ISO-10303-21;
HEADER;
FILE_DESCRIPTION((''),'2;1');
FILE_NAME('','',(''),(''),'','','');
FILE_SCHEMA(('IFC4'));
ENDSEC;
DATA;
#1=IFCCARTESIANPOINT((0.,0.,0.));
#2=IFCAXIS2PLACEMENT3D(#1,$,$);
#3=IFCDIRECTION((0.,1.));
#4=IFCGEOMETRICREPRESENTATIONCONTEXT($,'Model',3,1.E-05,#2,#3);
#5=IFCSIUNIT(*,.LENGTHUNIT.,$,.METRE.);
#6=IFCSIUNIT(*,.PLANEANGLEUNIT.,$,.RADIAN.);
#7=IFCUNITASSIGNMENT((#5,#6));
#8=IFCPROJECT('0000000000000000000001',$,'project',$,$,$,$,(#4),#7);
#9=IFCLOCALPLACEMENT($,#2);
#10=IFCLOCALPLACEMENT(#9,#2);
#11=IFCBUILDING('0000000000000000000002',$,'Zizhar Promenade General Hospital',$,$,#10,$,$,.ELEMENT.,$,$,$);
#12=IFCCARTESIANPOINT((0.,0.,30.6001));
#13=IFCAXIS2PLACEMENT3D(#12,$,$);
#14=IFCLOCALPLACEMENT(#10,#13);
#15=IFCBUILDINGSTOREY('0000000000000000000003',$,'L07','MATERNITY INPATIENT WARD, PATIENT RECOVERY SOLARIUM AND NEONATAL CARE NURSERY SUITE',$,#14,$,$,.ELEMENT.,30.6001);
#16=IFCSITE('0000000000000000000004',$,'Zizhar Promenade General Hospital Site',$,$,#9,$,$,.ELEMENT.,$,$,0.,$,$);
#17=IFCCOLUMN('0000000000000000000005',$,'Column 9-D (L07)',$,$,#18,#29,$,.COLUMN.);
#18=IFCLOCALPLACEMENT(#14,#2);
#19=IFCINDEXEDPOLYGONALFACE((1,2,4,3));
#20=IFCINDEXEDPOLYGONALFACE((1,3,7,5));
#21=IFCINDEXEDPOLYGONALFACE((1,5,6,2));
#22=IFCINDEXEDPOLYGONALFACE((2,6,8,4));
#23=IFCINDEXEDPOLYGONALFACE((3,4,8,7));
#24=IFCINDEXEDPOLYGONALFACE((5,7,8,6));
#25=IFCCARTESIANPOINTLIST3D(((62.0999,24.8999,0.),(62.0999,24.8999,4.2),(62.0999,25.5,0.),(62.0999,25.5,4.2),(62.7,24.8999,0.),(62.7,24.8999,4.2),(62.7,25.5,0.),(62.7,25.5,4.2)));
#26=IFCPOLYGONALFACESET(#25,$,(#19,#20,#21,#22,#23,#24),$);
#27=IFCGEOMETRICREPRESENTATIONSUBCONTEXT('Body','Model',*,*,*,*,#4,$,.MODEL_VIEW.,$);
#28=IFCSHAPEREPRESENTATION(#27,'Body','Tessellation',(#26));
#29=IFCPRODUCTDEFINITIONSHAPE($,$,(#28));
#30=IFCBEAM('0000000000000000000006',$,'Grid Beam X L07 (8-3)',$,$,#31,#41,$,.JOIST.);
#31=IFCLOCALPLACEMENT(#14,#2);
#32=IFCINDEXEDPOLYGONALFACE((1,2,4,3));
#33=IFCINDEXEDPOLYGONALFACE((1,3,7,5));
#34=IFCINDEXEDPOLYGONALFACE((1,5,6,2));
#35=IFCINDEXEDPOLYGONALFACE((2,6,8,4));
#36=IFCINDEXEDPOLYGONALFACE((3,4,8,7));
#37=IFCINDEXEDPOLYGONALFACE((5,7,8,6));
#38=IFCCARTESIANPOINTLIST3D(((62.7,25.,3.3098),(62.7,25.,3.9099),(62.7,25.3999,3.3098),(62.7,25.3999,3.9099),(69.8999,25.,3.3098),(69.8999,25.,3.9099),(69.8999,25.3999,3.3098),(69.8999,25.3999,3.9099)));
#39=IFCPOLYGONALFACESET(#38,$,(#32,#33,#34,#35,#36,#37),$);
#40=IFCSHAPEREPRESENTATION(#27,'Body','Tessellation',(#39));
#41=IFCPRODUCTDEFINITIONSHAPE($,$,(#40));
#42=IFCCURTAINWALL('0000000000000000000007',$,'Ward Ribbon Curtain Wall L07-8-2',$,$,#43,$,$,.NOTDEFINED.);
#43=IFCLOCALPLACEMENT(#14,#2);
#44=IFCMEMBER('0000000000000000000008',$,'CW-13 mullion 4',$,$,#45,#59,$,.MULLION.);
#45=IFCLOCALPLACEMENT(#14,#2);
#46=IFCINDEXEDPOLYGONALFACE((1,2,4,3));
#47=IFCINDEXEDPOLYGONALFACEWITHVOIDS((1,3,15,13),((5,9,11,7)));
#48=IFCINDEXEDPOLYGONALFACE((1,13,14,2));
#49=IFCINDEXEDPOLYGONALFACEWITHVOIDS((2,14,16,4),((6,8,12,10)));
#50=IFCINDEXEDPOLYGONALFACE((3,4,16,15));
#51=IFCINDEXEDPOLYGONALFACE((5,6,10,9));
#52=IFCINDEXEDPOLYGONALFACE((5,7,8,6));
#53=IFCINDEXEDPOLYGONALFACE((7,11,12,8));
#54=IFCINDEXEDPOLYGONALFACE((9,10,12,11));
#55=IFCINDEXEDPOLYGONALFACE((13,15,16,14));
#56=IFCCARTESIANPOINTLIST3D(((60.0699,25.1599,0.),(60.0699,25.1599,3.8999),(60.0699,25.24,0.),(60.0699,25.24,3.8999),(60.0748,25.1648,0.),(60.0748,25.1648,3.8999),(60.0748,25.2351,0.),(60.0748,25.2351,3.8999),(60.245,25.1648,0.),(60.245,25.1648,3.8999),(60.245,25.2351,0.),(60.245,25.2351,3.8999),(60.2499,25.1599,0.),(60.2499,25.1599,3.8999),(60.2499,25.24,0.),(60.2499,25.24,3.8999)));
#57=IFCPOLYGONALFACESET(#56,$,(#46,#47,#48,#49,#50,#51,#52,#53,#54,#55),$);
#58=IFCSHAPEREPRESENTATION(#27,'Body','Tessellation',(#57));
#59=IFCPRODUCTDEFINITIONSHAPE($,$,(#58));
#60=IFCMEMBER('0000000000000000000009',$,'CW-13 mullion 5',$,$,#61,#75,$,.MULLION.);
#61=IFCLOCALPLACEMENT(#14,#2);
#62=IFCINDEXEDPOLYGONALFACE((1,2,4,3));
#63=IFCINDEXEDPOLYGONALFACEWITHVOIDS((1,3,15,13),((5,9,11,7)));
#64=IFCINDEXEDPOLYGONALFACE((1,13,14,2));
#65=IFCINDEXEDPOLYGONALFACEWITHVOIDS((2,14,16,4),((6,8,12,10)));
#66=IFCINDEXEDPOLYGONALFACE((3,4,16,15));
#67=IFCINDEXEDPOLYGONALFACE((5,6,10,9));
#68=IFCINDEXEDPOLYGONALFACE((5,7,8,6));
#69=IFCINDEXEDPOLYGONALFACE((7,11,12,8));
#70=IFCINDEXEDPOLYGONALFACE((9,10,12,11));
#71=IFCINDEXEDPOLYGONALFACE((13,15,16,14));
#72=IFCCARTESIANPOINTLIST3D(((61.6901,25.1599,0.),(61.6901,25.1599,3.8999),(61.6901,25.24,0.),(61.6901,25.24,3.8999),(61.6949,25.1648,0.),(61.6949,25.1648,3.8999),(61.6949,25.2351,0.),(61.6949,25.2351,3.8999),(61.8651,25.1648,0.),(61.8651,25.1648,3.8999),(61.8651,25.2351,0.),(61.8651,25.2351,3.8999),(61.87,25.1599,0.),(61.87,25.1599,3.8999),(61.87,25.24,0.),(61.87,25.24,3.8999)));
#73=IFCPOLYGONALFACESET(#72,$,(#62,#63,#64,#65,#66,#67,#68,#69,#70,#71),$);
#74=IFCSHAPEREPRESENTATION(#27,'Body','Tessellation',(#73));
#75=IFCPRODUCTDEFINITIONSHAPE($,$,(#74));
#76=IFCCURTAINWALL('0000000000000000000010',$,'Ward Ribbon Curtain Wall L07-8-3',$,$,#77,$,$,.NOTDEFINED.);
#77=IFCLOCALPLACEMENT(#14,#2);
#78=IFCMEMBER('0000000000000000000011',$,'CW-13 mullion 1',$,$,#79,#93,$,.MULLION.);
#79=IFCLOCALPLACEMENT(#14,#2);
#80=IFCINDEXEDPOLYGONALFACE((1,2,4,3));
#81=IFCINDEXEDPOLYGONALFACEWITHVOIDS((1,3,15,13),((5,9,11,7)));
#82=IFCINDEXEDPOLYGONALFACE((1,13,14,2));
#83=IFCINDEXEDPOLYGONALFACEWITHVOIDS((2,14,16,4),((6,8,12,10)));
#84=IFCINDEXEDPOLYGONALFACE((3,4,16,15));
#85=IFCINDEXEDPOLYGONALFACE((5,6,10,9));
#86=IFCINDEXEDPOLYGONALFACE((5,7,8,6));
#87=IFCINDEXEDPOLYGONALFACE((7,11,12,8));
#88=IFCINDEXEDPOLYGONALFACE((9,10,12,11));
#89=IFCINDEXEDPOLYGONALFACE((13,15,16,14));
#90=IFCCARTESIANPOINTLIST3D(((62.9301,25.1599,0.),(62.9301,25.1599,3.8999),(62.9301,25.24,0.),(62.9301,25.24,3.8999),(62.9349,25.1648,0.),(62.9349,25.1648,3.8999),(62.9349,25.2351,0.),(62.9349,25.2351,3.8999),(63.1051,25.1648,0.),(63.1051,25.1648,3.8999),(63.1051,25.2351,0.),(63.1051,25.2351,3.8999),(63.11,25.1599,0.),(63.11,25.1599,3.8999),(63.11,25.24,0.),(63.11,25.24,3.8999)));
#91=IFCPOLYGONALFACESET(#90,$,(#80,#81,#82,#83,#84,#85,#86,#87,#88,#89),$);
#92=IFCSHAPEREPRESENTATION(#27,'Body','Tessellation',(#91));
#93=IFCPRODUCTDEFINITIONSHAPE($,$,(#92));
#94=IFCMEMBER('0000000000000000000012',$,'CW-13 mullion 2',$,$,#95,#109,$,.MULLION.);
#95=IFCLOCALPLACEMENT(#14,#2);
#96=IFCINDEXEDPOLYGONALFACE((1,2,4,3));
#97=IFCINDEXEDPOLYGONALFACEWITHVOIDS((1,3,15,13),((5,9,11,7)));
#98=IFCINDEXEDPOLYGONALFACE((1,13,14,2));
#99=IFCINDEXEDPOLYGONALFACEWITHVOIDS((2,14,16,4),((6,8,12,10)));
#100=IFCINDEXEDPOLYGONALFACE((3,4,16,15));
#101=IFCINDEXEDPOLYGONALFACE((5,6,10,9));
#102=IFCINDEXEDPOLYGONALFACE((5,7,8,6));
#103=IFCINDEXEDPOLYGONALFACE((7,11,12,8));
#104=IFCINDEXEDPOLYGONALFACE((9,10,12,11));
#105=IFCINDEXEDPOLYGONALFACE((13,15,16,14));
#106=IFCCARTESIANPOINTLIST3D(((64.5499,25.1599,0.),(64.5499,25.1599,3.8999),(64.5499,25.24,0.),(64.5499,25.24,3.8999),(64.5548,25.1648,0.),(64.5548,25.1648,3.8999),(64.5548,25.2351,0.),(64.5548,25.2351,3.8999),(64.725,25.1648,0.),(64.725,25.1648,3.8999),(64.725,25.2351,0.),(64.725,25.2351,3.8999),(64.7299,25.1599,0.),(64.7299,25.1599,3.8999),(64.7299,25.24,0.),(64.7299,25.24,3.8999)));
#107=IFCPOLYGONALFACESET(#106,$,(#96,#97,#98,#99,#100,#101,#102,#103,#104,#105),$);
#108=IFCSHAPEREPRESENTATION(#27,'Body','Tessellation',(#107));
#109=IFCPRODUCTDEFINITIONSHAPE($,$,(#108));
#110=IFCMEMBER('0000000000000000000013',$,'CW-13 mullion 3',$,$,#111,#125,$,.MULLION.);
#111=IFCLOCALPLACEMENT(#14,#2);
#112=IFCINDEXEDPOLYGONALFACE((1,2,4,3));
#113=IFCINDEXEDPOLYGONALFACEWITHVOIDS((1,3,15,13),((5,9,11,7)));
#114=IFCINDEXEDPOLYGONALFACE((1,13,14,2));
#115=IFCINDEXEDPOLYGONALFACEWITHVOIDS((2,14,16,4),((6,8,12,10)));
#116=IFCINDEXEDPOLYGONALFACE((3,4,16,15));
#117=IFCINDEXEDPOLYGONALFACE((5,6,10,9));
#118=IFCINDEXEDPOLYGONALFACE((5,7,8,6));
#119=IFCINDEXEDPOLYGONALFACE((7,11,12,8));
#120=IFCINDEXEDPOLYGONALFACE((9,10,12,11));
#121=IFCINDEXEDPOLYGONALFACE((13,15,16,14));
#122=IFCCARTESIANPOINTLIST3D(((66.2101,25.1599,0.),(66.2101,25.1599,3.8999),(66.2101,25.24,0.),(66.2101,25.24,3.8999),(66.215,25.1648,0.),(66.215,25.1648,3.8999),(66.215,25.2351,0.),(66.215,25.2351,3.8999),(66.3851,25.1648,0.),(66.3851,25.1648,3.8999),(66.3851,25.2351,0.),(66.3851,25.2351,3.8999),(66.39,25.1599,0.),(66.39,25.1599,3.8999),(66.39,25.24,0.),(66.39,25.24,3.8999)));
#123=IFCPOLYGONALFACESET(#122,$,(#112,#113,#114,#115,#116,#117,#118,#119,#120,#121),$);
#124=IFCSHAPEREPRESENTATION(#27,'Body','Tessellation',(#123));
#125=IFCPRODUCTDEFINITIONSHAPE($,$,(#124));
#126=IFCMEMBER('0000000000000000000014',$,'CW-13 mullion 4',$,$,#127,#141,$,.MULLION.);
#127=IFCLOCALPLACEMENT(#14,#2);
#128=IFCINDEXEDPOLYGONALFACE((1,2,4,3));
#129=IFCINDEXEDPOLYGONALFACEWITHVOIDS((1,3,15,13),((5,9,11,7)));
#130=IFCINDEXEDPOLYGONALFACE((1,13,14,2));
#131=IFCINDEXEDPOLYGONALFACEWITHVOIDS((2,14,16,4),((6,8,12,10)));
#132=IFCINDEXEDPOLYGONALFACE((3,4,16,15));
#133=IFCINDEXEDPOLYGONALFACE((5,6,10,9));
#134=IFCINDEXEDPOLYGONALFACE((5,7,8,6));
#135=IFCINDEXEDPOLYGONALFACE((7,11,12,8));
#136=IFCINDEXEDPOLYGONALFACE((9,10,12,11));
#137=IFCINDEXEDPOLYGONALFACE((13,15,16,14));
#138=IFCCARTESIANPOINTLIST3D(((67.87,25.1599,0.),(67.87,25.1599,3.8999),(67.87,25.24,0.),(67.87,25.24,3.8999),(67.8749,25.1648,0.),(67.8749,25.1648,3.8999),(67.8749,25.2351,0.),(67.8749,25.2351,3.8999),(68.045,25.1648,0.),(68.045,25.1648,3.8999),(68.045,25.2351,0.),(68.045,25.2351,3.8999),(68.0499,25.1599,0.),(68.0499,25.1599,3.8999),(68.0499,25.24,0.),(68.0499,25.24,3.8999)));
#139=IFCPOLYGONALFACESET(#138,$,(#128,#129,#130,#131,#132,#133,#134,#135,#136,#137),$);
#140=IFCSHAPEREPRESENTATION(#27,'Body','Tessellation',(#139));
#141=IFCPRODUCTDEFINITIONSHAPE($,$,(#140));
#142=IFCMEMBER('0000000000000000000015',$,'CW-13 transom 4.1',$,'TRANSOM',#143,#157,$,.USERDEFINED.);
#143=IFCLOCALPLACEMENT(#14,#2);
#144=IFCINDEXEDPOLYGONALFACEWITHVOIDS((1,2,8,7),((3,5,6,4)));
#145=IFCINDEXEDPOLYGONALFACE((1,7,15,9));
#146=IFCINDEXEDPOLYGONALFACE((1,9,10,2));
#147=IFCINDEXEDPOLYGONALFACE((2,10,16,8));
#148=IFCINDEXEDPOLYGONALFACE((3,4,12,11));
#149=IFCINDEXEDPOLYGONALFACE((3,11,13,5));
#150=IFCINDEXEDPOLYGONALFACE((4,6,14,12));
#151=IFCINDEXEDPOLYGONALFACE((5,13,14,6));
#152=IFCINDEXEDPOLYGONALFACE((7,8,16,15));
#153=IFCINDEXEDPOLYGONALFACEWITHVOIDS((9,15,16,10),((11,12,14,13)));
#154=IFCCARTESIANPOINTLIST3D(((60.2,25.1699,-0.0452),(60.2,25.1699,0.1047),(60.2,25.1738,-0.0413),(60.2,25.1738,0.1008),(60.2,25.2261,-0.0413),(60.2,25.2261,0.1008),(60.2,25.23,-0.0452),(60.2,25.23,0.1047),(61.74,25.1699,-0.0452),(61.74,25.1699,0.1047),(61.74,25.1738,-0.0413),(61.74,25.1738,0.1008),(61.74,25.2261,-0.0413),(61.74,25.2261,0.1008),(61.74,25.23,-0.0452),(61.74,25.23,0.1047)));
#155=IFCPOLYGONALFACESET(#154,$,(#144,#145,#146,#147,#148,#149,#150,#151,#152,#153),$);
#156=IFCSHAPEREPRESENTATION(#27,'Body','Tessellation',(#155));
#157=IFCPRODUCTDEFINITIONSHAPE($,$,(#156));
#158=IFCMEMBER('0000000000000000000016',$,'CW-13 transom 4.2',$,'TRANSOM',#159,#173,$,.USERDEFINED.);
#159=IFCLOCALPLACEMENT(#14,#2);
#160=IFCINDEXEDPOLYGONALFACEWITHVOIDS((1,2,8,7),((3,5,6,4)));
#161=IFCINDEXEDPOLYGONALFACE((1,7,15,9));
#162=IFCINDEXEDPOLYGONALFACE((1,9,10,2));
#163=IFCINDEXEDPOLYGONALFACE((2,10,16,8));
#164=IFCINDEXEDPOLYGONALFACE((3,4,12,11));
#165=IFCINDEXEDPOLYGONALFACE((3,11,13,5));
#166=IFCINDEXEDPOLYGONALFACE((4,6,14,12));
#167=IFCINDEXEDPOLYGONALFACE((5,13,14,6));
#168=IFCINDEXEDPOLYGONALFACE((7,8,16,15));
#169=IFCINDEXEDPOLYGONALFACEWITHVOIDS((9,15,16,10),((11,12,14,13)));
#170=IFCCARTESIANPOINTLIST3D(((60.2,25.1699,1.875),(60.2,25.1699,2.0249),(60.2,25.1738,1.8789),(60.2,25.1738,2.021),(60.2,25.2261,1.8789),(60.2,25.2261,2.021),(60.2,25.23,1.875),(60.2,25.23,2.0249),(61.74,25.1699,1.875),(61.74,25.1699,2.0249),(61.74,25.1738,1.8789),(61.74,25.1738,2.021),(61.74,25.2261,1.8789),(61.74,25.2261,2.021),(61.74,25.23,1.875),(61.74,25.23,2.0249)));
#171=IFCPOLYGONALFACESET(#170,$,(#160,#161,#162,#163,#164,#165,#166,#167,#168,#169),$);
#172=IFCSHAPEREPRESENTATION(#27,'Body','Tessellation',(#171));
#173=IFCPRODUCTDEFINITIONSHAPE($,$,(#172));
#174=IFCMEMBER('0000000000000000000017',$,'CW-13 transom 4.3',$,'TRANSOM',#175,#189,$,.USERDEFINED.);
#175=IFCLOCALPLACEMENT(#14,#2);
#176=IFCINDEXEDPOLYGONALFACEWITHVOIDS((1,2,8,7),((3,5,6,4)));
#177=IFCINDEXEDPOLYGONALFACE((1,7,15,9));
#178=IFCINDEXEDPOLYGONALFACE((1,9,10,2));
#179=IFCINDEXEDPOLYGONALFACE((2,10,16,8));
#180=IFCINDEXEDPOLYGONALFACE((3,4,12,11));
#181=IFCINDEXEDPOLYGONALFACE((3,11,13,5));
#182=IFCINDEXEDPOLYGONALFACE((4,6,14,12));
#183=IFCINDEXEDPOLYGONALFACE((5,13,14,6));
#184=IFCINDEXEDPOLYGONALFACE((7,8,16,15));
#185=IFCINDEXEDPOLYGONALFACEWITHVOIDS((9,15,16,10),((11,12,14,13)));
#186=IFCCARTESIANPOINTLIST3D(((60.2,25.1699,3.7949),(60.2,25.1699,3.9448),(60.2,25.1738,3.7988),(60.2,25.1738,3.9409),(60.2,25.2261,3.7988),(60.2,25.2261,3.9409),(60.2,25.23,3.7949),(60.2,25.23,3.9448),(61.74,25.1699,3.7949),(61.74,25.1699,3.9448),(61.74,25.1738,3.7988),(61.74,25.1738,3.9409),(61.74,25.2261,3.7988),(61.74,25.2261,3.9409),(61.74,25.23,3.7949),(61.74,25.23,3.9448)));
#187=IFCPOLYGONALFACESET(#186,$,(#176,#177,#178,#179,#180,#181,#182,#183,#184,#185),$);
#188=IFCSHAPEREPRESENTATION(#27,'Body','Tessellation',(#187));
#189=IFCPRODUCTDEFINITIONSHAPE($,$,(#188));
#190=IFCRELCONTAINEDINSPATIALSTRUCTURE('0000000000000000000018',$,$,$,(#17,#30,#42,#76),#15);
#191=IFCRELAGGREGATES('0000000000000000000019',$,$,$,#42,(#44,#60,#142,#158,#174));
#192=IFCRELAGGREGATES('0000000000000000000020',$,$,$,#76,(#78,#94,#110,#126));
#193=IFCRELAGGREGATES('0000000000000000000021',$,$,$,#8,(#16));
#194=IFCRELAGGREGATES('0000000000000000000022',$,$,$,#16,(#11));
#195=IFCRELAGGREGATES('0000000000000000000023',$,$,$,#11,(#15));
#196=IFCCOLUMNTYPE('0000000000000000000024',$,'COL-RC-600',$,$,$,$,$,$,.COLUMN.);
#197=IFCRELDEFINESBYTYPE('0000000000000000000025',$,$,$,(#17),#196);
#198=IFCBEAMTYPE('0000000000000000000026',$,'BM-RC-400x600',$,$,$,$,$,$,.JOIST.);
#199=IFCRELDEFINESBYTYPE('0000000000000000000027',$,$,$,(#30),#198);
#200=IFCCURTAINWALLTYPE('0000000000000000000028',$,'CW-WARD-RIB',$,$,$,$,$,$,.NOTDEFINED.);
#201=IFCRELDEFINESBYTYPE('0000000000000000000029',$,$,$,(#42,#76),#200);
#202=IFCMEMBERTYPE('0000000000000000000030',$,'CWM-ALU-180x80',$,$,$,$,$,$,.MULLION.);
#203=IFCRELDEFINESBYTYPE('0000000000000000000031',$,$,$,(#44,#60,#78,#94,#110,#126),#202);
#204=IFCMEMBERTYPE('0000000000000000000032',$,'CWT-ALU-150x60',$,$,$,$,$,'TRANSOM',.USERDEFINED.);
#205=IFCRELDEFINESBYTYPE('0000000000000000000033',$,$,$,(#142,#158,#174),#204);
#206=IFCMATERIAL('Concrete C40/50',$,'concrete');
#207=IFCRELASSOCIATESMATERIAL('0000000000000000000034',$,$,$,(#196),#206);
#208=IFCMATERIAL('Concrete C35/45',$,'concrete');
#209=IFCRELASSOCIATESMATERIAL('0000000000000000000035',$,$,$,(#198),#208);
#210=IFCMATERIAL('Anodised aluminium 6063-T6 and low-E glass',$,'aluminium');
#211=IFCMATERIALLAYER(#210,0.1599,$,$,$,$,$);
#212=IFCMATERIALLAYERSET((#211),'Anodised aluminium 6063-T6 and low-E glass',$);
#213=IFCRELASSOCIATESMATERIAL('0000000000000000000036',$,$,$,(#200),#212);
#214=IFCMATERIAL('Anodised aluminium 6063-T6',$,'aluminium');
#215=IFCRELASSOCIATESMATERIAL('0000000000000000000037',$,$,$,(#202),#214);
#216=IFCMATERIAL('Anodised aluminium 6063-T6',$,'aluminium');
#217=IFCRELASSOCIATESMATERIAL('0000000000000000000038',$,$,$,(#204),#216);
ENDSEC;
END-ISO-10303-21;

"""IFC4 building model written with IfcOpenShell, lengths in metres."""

from ifc_helpers import new_model, si_unit, direction, frame, origin, origin_2d, place, context, subcontext, project, spatial, rectangle, hollow_rectangle, extrude, material, layer, layer_set, material_profile, profile_set, type_object, element, aggregate, save


model = new_model("IFC4")

# Units and contexts
model_context = context("Model", 3, precision=1e-05, world=origin(), true_north=direction((0.0, 1.0)))
body_context = subcontext(model_context, "Body", "Model", "MODEL_VIEW")
ifc_project = project(units=[si_unit("LENGTHUNIT", "METRE"), si_unit("PLANEANGLEUNIT", "RADIAN")], contexts=[model_context])

# Site, building, storey
site_placement = place(None, origin())
site = spatial("IfcSite", under=ifc_project, at=site_placement, Name="Zizhar Promenade General Hospital Site", CompositionType="ELEMENT", RefElevation=0.0)
building_placement = place(site_placement, origin())
building = spatial("IfcBuilding", under=site, at=building_placement, Name="Zizhar Promenade General Hospital", CompositionType="ELEMENT")
storey_placement = place(building_placement, frame((0.0, 0.0, 30.6001)))
storey = spatial("IfcBuildingStorey", under=building, at=storey_placement, Name="L07", Description="MATERNITY INPATIENT WARD, PATIENT RECOVERY SOLARIUM AND NEONATAL CARE NURSERY SUITE", CompositionType="ELEMENT", Elevation=30.6001)

# Column
ifc_material_1 = material(Name="Concrete C40/50", Category="concrete")
ifc_material_profile_1 = material_profile(ifc_material_1, rectangle(XDim=0.6001, YDim=0.6001, at=origin_2d()))
ifc_profile_set_1 = profile_set([ifc_material_profile_1], Name="Concrete C40/50")
column_type = type_object("IfcColumnType", Name="COL-RC-600", PredefinedType="COLUMN", material=ifc_profile_set_1)
column_placement = place(storey_placement, frame((62.3999, 25.2, 0.0), z_axis=(0.0, 0.0, 1.0), x_axis=(1.0, 0.0, 0.0)))
element("IfcColumn", 1, at=column_placement, inside=storey, type_object=column_type, Name="Column 9-D (L07)", PredefinedType="COLUMN", context=body_context, shape_type="SweptSolid", body=[
    extrude(rectangle(XDim=0.6001, YDim=0.6001, at=origin_2d()), origin(), (0.0, 0.0, 1.0), 4.2),
])

# Beam
ifc_material_2 = material(Name="Concrete C35/45", Category="concrete")
ifc_material_profile_2 = material_profile(ifc_material_2, rectangle(XDim=0.3999, YDim=0.6001, at=origin_2d()))
ifc_profile_set_2 = profile_set([ifc_material_profile_2], Name="Concrete C35/45")
beam_type = type_object("IfcBeamType", Name="BM-RC-400x600", PredefinedType="JOIST", material=ifc_profile_set_2)
beam_placement = place(storey_placement, frame((62.7, 25.2, 3.6099), z_axis=(1.0, 0.0, 0.0), x_axis=(0.0, 1.0, 0.0)))
element("IfcBeam", 2, at=beam_placement, inside=storey, type_object=beam_type, Name="Grid Beam X L07 (8-3)", PredefinedType="JOIST", context=body_context, shape_type="SweptSolid", body=[
    extrude(rectangle(XDim=0.3999, YDim=0.6001, at=origin_2d()), origin(), (0.0, 0.0, 1.0), 7.2),
])

# Curtain walls, members
ifc_material_3 = material(Name="Anodised aluminium 6063-T6 and low-E glass", Category="aluminium")
ifc_layer_1 = layer(ifc_material_3, 0.1599)
ifc_layer_set_1 = layer_set([ifc_layer_1], Name="Anodised aluminium 6063-T6 and low-E glass")
curtain_wall_type = type_object("IfcCurtainWallType", Name="CW-WARD-RIB", PredefinedType="NOTDEFINED", material=ifc_layer_set_1)
curtain_wall_1_placement = place(storey_placement, origin())
curtain_wall_1 = element("IfcCurtainWall", 3, at=curtain_wall_1_placement, inside=storey, type_object=curtain_wall_type, Name="Ward Ribbon Curtain Wall L07-8-2", PredefinedType="NOTDEFINED")
ifc_material_4 = material(Name="Anodised aluminium 6063-T6", Category="aluminium")
ifc_material_profile_3 = material_profile(ifc_material_4, hollow_rectangle(XDim=0.0801, YDim=0.1799, WallThickness=0.0049, at=origin_2d()))
ifc_profile_set_3 = profile_set([ifc_material_profile_3], Name="Anodised aluminium 6063-T6")
member_type_1 = type_object("IfcMemberType", Name="CWM-ALU-180x80", PredefinedType="MULLION", material=ifc_profile_set_3)
member_1_placement = place(storey_placement, frame((60.1599, 25.2, 0.0), z_axis=(0.0, 0.0, 1.0), x_axis=(0.0, 1.0, 0.0)))
member_1 = element("IfcMember", 4, at=member_1_placement, type_object=member_type_1, Name="CW-13 mullion 4", PredefinedType="MULLION", context=body_context, shape_type="SweptSolid", body=[
    extrude(hollow_rectangle(XDim=0.0801, YDim=0.1799, WallThickness=0.0049, at=origin_2d()), origin(), (0.0, 0.0, 1.0), 3.8999),
])
member_2_placement = place(storey_placement, frame((61.78, 25.2, 0.0), z_axis=(0.0, 0.0, 1.0), x_axis=(0.0, 1.0, 0.0)))
member_2 = element("IfcMember", 5, at=member_2_placement, type_object=member_type_1, Name="CW-13 mullion 5", PredefinedType="MULLION", context=body_context, shape_type="SweptSolid", body=[
    extrude(hollow_rectangle(XDim=0.0801, YDim=0.1799, WallThickness=0.0049, at=origin_2d()), origin(), (0.0, 0.0, 1.0), 3.8999),
])
curtain_wall_2_placement = place(storey_placement, origin())
curtain_wall_2 = element("IfcCurtainWall", 6, at=curtain_wall_2_placement, inside=storey, type_object=curtain_wall_type, Name="Ward Ribbon Curtain Wall L07-8-3", PredefinedType="NOTDEFINED")
member_3_placement = place(storey_placement, frame((63.02, 25.2, 0.0), z_axis=(0.0, 0.0, 1.0), x_axis=(0.0, 1.0, 0.0)))
member_3 = element("IfcMember", 7, at=member_3_placement, type_object=member_type_1, Name="CW-13 mullion 1", PredefinedType="MULLION", context=body_context, shape_type="SweptSolid", body=[
    extrude(hollow_rectangle(XDim=0.0801, YDim=0.1799, WallThickness=0.0049, at=origin_2d()), origin(), (0.0, 0.0, 1.0), 3.8999),
])
member_4_placement = place(storey_placement, frame((64.6399, 25.2, 0.0), z_axis=(0.0, 0.0, 1.0), x_axis=(0.0, 1.0, 0.0)))
member_4 = element("IfcMember", 8, at=member_4_placement, type_object=member_type_1, Name="CW-13 mullion 2", PredefinedType="MULLION", context=body_context, shape_type="SweptSolid", body=[
    extrude(hollow_rectangle(XDim=0.0801, YDim=0.1799, WallThickness=0.0049, at=origin_2d()), origin(), (0.0, 0.0, 1.0), 3.8999),
])
member_5_placement = place(storey_placement, frame((66.3, 25.2, 0.0), z_axis=(0.0, 0.0, 1.0), x_axis=(0.0, 1.0, 0.0)))
member_5 = element("IfcMember", 9, at=member_5_placement, type_object=member_type_1, Name="CW-13 mullion 3", PredefinedType="MULLION", context=body_context, shape_type="SweptSolid", body=[
    extrude(hollow_rectangle(XDim=0.0801, YDim=0.1799, WallThickness=0.0049, at=origin_2d()), origin(), (0.0, 0.0, 1.0), 3.8999),
])
member_6_placement = place(storey_placement, frame((67.96, 25.2, 0.0), z_axis=(0.0, 0.0, 1.0), x_axis=(0.0, 1.0, 0.0)))
member_6 = element("IfcMember", 10, at=member_6_placement, type_object=member_type_1, Name="CW-13 mullion 4", PredefinedType="MULLION", context=body_context, shape_type="SweptSolid", body=[
    extrude(hollow_rectangle(XDim=0.0801, YDim=0.1799, WallThickness=0.0049, at=origin_2d()), origin(), (0.0, 0.0, 1.0), 3.8999),
])

# Members
ifc_material_5 = material(Name="Anodised aluminium 6063-T6", Category="aluminium")
ifc_material_profile_4 = material_profile(ifc_material_5, hollow_rectangle(XDim=0.0601, YDim=0.1499, WallThickness=0.0039, at=origin_2d()))
ifc_profile_set_4 = profile_set([ifc_material_profile_4], Name="Anodised aluminium 6063-T6")
member_type_2 = type_object("IfcMemberType", Name="CWT-ALU-150x60", ElementType="TRANSOM", PredefinedType="USERDEFINED", material=ifc_profile_set_4)
member_7_placement = place(storey_placement, frame((60.2, 25.2, 0.0298), z_axis=(1.0, 0.0, 0.0), x_axis=(0.0, 1.0, 0.0)))
member_7 = element("IfcMember", 11, at=member_7_placement, type_object=member_type_2, Name="CW-13 transom 4.1", ObjectType="TRANSOM", PredefinedType="USERDEFINED", context=body_context, shape_type="SweptSolid", body=[
    extrude(hollow_rectangle(XDim=0.0601, YDim=0.1499, WallThickness=0.0039, at=origin_2d()), origin(), (0.0, 0.0, 1.0), 1.54),
])
member_8_placement = place(storey_placement, frame((60.2, 25.2, 1.95), z_axis=(1.0, 0.0, 0.0), x_axis=(0.0, 1.0, 0.0)))
member_8 = element("IfcMember", 12, at=member_8_placement, type_object=member_type_2, Name="CW-13 transom 4.2", ObjectType="TRANSOM", PredefinedType="USERDEFINED", context=body_context, shape_type="SweptSolid", body=[
    extrude(hollow_rectangle(XDim=0.0601, YDim=0.1499, WallThickness=0.0039, at=origin_2d()), origin(), (0.0, 0.0, 1.0), 1.54),
])
member_9_placement = place(storey_placement, frame((60.2, 25.2, 3.8699), z_axis=(1.0, 0.0, 0.0), x_axis=(0.0, 1.0, 0.0)))
member_9 = element("IfcMember", 13, at=member_9_placement, type_object=member_type_2, Name="CW-13 transom 4.3", ObjectType="TRANSOM", PredefinedType="USERDEFINED", context=body_context, shape_type="SweptSolid", body=[
    extrude(hollow_rectangle(XDim=0.0601, YDim=0.1499, WallThickness=0.0039, at=origin_2d()), origin(), (0.0, 0.0, 1.0), 1.54),
])

aggregate(curtain_wall_1, [member_1, member_2, member_7, member_8, member_9])
aggregate(curtain_wall_2, [member_3, member_4, member_5, member_6])

save(model, "model.ifc")
